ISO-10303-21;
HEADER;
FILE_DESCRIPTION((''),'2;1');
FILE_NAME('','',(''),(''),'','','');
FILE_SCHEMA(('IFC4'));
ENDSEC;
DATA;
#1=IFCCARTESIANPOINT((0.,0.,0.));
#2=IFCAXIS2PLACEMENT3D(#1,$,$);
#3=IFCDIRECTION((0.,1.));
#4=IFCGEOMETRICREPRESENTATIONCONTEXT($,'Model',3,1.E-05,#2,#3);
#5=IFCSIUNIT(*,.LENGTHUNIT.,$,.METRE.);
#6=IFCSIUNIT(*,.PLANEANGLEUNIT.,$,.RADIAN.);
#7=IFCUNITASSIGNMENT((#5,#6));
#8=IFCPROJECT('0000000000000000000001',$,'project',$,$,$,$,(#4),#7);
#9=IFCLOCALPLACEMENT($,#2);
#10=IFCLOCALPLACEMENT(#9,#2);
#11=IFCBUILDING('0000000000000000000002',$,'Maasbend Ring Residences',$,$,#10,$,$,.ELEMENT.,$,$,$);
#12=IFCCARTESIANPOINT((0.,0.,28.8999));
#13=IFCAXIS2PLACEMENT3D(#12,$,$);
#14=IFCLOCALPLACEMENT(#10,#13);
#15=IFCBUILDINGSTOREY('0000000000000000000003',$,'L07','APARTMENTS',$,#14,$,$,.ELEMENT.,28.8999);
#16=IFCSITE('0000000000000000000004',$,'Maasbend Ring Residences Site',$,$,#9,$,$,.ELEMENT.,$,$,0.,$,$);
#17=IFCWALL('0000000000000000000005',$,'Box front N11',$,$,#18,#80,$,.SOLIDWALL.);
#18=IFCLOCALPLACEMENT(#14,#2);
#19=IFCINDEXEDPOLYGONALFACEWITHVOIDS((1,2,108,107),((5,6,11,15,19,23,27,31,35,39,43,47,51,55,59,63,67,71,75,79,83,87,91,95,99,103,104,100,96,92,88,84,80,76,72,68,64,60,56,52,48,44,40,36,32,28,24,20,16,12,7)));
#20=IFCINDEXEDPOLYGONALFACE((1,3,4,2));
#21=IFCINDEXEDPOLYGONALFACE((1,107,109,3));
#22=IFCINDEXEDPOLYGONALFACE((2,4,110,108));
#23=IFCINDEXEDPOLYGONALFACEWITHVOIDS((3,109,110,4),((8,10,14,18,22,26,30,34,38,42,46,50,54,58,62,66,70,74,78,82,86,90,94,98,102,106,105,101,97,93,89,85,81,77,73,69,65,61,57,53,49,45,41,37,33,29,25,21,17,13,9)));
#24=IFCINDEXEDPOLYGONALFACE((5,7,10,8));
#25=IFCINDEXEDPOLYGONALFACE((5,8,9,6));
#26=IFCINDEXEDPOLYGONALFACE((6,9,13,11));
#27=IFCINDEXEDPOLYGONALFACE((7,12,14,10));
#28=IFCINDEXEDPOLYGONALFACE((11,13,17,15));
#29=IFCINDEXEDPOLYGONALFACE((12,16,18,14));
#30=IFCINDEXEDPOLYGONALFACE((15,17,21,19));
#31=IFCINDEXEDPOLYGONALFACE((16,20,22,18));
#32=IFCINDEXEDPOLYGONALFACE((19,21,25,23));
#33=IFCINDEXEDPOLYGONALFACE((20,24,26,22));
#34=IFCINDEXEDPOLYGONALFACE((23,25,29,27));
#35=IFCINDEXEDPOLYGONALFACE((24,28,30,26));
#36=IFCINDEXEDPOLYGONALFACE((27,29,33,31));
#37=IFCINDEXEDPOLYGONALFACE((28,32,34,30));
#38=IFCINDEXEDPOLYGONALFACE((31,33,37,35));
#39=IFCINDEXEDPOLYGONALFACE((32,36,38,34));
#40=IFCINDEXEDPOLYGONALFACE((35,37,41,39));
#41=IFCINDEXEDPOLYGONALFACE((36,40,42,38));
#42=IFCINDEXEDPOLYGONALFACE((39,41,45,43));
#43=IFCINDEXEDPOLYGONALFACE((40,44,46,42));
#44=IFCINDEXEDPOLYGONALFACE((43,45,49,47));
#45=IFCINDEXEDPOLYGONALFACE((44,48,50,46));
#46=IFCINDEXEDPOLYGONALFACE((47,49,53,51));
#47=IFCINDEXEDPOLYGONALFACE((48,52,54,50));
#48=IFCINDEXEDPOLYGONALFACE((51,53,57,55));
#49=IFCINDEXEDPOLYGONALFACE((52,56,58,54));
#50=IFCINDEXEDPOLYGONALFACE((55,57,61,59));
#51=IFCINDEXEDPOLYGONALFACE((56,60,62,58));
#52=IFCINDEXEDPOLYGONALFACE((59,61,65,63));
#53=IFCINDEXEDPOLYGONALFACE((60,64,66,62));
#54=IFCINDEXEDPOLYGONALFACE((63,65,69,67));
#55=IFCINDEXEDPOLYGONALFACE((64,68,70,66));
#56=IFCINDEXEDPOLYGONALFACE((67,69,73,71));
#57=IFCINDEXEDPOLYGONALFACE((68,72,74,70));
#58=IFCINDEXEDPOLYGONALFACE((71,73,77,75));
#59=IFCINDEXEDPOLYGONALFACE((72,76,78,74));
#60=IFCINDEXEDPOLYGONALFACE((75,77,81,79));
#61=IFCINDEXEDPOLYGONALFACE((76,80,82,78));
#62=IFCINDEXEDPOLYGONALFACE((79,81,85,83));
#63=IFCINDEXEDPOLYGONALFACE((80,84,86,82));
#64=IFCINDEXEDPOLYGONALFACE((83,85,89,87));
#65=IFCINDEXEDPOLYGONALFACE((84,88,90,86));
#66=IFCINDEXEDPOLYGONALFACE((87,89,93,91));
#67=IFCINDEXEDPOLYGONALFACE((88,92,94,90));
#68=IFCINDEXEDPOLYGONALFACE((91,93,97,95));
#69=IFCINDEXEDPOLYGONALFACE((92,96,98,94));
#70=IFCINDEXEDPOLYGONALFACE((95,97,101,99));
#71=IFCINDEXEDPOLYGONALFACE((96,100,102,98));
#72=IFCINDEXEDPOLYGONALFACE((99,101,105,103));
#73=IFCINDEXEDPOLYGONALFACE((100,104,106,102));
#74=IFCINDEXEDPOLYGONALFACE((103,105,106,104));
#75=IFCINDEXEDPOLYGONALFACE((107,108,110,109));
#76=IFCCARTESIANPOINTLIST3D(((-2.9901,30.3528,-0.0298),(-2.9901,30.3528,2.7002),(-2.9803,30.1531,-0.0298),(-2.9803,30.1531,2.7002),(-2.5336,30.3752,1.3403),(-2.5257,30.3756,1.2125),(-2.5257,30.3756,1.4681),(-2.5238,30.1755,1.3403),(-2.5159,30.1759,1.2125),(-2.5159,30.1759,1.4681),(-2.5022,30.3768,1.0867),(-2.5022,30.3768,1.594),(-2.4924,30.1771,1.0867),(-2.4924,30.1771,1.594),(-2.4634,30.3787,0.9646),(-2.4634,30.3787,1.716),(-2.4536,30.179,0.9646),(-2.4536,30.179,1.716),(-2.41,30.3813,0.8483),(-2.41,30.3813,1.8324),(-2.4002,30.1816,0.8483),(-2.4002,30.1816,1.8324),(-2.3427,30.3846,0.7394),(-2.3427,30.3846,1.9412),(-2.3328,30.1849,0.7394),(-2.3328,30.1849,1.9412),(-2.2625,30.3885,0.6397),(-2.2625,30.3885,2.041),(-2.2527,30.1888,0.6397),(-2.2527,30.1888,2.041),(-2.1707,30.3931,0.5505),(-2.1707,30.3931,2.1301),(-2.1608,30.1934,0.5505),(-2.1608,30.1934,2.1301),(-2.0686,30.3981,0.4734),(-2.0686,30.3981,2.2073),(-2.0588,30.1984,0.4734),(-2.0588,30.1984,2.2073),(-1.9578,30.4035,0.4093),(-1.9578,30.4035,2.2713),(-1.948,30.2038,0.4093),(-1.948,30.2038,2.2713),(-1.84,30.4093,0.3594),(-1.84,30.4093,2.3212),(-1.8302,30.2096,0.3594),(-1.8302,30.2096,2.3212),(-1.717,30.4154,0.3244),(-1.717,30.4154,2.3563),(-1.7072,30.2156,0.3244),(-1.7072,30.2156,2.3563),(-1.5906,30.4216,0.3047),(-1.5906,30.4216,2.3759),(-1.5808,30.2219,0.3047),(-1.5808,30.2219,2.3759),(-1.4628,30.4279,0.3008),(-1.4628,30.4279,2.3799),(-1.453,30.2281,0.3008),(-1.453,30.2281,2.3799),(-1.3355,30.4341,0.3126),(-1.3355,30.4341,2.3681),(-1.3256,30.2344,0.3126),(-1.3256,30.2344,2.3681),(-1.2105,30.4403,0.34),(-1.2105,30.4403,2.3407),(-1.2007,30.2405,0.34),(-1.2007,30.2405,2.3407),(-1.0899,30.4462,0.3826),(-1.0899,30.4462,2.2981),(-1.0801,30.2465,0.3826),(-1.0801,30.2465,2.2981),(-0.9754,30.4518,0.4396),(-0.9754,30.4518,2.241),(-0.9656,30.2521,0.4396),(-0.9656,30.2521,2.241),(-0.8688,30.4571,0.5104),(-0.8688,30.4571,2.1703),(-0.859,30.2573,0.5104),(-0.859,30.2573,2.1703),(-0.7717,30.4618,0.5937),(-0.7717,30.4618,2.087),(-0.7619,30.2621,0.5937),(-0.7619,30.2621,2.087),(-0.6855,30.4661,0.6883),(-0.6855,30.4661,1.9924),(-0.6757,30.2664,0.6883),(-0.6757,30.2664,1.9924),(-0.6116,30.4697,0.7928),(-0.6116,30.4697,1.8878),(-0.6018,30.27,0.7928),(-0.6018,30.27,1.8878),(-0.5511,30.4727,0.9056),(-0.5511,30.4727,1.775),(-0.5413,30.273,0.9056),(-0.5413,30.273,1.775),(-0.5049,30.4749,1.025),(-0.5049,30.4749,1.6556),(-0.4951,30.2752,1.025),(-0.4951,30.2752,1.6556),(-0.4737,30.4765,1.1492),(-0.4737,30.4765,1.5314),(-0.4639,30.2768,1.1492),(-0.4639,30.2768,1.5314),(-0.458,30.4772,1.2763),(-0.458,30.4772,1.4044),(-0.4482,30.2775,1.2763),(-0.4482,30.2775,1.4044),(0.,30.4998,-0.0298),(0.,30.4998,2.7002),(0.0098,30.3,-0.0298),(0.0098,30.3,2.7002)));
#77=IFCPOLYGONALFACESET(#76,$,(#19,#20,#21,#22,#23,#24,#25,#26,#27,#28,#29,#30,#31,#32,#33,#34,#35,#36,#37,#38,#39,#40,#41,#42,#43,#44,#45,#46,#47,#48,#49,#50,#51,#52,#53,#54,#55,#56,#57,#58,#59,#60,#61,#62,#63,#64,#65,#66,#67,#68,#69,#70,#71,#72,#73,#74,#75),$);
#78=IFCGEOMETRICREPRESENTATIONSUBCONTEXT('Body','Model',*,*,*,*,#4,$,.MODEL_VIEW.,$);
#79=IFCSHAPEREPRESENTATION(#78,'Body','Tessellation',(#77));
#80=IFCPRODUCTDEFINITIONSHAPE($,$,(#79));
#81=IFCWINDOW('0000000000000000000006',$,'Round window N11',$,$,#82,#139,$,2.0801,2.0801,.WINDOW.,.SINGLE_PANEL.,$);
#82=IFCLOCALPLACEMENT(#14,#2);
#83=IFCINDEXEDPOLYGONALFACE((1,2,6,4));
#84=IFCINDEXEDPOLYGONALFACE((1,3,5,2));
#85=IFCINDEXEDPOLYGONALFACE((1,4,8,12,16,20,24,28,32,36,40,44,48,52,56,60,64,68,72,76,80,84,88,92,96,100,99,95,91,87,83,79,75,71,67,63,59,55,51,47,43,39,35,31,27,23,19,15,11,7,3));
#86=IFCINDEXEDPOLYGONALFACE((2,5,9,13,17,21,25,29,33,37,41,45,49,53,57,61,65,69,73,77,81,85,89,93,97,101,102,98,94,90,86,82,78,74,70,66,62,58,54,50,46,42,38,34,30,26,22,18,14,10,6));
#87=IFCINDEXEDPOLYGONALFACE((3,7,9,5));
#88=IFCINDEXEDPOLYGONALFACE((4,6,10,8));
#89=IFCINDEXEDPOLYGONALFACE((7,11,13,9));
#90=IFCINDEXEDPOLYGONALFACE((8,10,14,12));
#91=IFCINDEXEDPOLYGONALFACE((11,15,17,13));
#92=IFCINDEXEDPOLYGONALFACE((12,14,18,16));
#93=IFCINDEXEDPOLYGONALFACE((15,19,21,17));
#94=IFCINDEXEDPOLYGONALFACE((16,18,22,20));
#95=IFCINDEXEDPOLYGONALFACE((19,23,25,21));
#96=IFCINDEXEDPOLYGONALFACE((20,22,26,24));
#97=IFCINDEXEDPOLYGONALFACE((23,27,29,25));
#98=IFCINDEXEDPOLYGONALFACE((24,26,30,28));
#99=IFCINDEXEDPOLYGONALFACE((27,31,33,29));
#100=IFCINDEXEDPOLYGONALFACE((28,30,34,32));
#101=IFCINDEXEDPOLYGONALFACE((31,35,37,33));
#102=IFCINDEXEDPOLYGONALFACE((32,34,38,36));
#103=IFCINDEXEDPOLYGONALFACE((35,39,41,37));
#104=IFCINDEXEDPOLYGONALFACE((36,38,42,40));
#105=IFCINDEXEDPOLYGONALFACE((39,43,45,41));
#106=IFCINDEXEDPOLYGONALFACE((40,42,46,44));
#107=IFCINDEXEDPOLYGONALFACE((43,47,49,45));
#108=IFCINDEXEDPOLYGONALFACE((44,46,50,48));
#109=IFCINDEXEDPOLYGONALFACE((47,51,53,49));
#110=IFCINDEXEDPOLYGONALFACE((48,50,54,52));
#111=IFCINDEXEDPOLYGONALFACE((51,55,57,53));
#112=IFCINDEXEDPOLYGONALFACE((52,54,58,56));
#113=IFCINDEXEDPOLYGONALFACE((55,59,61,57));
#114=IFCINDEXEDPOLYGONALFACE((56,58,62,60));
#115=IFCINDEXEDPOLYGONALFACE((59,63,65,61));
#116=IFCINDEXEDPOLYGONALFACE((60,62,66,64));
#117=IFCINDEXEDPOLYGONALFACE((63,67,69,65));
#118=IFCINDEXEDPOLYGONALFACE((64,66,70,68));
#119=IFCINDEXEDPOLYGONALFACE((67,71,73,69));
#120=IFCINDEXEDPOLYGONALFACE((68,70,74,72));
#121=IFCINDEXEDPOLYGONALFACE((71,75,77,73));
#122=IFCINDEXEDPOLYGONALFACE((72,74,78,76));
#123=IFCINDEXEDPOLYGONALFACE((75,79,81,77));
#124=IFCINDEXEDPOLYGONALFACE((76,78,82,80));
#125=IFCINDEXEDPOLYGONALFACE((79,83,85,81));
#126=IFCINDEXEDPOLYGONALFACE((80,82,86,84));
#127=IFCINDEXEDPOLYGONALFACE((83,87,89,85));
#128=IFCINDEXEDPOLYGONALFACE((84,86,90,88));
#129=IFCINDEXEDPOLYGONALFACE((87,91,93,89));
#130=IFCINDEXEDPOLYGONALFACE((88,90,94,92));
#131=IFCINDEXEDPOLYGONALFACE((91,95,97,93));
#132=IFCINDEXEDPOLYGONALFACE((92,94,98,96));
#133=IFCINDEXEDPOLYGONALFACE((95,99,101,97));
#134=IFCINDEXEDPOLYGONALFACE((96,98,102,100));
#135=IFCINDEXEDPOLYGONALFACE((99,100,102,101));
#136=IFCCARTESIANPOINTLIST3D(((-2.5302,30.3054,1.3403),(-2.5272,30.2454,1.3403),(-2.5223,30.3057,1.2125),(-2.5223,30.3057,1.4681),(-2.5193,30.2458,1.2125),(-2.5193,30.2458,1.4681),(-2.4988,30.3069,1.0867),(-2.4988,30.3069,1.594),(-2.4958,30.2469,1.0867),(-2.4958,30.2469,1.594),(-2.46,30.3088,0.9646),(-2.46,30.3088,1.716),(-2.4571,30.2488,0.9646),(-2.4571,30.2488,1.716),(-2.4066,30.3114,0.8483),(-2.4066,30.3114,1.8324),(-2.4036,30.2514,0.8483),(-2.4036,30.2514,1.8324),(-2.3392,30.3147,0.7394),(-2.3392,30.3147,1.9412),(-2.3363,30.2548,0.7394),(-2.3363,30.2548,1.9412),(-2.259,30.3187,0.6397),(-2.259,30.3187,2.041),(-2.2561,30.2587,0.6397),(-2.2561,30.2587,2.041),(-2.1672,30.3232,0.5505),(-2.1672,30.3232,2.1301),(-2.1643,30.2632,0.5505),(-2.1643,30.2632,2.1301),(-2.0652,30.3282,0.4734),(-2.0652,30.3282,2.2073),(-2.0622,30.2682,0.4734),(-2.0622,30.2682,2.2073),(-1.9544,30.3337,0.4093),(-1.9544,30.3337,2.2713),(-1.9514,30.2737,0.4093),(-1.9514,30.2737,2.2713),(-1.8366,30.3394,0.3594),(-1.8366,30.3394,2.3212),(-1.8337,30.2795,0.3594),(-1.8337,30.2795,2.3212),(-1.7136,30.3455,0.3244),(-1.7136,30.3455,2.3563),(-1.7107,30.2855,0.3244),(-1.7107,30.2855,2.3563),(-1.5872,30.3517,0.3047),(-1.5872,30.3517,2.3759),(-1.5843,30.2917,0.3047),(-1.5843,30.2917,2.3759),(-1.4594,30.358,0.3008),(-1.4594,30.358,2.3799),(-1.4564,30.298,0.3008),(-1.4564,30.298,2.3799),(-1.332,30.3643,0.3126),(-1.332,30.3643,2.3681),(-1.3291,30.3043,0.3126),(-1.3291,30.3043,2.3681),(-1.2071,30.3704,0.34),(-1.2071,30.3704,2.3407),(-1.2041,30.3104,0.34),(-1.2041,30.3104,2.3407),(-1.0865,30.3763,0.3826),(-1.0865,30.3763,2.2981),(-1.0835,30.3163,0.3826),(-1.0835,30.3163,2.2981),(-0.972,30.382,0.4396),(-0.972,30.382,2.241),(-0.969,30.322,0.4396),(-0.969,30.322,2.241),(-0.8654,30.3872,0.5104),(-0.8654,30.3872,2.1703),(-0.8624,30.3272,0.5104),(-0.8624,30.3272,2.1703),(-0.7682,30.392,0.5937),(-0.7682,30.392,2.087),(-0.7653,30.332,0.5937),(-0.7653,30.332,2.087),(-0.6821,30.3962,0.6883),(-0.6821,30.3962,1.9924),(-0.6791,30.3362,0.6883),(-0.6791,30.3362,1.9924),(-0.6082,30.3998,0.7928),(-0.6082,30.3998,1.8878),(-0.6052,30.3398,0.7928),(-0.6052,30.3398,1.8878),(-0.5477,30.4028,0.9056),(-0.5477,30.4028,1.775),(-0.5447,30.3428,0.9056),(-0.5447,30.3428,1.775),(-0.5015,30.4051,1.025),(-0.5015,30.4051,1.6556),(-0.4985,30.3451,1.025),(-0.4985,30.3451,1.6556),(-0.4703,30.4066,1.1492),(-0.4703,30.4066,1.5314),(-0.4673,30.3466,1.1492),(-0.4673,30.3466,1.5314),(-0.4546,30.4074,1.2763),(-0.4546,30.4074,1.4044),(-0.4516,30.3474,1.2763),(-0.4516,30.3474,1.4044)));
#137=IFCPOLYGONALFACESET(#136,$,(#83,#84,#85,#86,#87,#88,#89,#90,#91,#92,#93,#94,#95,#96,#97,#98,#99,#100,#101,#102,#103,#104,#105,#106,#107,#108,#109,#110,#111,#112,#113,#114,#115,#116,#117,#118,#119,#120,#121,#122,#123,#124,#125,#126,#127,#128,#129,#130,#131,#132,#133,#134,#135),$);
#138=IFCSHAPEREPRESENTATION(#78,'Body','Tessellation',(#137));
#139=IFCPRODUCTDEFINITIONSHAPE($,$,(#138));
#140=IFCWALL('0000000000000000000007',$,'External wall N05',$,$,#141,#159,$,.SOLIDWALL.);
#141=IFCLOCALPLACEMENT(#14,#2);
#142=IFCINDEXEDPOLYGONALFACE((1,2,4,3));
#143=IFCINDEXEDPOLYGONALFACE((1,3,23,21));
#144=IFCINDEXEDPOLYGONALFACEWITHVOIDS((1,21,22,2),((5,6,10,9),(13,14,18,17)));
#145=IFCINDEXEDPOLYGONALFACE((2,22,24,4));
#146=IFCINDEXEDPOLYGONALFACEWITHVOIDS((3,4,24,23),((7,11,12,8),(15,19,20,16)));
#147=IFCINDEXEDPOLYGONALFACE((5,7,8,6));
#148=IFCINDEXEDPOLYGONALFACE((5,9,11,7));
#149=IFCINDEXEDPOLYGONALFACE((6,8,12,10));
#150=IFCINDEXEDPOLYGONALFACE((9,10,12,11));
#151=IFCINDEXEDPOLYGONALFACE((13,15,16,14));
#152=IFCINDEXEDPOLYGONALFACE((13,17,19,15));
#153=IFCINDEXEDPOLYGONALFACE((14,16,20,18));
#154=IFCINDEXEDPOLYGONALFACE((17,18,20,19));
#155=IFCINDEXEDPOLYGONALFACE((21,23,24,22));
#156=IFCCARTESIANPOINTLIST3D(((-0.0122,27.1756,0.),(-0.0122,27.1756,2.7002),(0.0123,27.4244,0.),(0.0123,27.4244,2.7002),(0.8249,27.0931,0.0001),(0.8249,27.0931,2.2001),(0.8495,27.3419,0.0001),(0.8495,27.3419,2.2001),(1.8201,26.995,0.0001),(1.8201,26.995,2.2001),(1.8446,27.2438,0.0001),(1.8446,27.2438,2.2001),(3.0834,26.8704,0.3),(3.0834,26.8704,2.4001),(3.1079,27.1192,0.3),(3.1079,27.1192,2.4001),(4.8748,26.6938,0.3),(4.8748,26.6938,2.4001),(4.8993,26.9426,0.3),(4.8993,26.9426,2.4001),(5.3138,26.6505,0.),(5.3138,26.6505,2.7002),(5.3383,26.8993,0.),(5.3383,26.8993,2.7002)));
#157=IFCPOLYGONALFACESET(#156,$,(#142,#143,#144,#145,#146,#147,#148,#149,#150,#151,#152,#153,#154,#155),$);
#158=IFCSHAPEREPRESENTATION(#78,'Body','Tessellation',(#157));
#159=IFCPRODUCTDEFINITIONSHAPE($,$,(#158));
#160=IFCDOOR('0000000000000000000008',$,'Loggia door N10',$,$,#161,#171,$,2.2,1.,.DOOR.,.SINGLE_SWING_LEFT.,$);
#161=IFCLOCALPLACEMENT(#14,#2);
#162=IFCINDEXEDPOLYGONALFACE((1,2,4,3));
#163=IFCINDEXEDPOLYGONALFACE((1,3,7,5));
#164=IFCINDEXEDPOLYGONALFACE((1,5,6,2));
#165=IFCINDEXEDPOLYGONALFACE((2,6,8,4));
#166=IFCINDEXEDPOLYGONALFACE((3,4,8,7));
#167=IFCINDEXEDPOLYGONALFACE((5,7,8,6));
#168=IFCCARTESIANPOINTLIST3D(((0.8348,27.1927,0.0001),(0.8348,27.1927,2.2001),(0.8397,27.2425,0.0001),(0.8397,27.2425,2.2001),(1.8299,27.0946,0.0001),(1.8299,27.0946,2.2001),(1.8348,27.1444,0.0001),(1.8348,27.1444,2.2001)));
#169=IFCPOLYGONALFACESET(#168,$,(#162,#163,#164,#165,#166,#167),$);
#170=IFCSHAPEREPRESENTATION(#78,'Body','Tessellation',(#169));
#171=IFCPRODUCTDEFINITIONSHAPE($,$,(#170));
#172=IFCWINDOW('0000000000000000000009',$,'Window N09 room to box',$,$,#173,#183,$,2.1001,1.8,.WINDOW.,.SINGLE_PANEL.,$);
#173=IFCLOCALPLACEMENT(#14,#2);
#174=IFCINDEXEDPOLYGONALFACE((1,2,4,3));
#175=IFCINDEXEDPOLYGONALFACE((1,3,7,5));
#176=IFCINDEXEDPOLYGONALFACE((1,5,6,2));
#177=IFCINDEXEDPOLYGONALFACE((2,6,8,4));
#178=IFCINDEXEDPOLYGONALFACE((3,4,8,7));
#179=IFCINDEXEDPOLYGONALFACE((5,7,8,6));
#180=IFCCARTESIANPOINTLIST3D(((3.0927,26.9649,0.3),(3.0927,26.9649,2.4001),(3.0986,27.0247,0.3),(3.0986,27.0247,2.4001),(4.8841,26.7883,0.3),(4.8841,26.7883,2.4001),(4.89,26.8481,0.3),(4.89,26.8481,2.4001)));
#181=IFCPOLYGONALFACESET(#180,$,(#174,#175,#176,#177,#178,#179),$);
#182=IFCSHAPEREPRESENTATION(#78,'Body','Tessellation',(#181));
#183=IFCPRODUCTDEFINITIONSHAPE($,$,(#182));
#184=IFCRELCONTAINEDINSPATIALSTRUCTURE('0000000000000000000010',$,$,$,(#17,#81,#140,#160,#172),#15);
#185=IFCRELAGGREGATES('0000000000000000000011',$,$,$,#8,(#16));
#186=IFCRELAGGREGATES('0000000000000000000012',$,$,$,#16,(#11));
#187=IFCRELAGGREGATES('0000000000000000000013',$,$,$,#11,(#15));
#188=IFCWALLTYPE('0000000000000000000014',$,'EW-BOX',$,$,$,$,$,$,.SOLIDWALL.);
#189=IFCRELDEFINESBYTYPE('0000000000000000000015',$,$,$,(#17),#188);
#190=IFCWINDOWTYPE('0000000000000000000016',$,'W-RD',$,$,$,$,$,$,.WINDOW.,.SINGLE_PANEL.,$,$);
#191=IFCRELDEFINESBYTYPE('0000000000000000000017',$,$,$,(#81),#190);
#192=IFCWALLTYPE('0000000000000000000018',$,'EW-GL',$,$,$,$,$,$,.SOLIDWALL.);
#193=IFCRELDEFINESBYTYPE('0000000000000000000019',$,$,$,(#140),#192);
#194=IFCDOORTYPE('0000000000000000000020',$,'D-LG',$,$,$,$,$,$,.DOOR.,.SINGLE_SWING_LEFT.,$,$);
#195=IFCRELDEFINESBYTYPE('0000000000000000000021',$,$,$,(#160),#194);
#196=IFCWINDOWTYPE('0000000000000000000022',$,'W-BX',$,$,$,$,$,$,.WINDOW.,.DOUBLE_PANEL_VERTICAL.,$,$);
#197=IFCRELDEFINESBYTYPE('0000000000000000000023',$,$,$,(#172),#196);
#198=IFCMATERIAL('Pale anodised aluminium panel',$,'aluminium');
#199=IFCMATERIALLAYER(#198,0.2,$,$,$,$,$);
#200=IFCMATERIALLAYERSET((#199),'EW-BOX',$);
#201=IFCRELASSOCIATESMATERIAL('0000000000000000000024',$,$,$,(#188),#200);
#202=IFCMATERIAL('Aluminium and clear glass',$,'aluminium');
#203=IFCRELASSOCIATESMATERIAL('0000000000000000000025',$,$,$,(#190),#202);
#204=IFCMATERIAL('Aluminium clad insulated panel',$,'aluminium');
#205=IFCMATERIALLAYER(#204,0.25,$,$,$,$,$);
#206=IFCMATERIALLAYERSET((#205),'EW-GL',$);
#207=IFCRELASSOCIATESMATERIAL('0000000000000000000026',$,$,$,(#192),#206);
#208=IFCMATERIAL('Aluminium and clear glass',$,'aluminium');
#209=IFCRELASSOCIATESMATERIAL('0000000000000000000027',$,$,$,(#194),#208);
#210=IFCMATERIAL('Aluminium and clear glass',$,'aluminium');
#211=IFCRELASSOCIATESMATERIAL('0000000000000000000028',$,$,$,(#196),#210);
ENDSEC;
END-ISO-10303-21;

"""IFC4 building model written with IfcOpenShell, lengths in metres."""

from ifc_helpers import new_model, si_unit, direction, frame, frame_2d, origin, place, context, subcontext, project, spatial, rectangle, circle, extrude, material, layer, layer_set, type_object, element, fill, save


model = new_model("IFC4")

# Units and contexts
model_context = context("Model", 3, precision=1e-05, world=origin(), true_north=direction((0.0, 1.0)))
body_context = subcontext(model_context, "Body", "Model", "MODEL_VIEW")
ifc_project = project(units=[si_unit("LENGTHUNIT", "METRE"), si_unit("PLANEANGLEUNIT", "RADIAN")], contexts=[model_context])

# Site, building, storey
site_placement = place(None, origin())
site = spatial("IfcSite", under=ifc_project, at=site_placement, Name="Maasbend Ring Residences Site", CompositionType="ELEMENT", RefElevation=0.0)
building_placement = place(site_placement, origin())
building = spatial("IfcBuilding", under=site, at=building_placement, Name="Maasbend Ring Residences", CompositionType="ELEMENT")
storey_placement = place(building_placement, frame((0.0, 0.0, 28.8999)))
storey = spatial("IfcBuildingStorey", under=building, at=storey_placement, Name="L07", Description="APARTMENTS", CompositionType="ELEMENT", Elevation=28.8999)

# Shared definitions
ifc_material_1 = material(Name="Pale anodised aluminium panel", Category="aluminium")
ifc_layer_1 = layer(ifc_material_1, 0.2)
ifc_layer_set_1 = layer_set([ifc_layer_1], Name="EW-BOX")
wall_type_1 = type_object("IfcWallType", Name="EW-BOX", PredefinedType="SOLIDWALL", material=ifc_layer_set_1)

# Shared definitions
ifc_material_2 = material(Name="Aluminium and clear glass", Category="aluminium")
window_type_1 = type_object("IfcWindowType", Name="W-RD", PartitioningType="SINGLE_PANEL", PredefinedType="WINDOW", material=ifc_material_2)

# Wall, opening, window
wall_1_placement = place(storey_placement, frame((0.0049, 30.3999, -0.0298), z_axis=(0.0, 0.0, 1.0), x_axis=(-0.998794, -0.049096, 0.0)))
wall_1 = element("IfcWall", 1, at=wall_1_placement, inside=storey, type_object=wall_type_1, Name="Box front N11", PredefinedType="SOLIDWALL", context=body_context, shape_type="SweptSolid", body=[
    extrude(rectangle(XDim=2.9937, YDim=0.2, at=frame_2d((1.4968, 0.0))), origin(), (0.0, 0.0, 1.0), 2.73),
])
opening_1_placement = place(wall_1_placement, frame((0.4565, 0.0, 0.3301)))
opening_1 = element("IfcOpeningElement", 2, at=opening_1_placement, cuts=wall_1, PredefinedType="OPENING", context=body_context, shape_type="SweptSolid", body=[
    extrude(circle(Radius=1.04, at=frame_2d((1.04, 1.04))), frame((0.0, 0.1099, 0.0), z_axis=(0.0, -1.0, 0.0), x_axis=(1.0, 0.0, 0.0)), (0.0, 0.0, 1.0), 0.22),
])
window_1_placement = place(opening_1_placement, origin())
window_1 = element("IfcWindow", 3, at=window_1_placement, inside=storey, type_object=window_type_1, Name="Round window N11", OverallHeight=2.0801, OverallWidth=2.0801, PartitioningType="SINGLE_PANEL", PredefinedType="WINDOW", context=body_context, shape_type="SweptSolid", body=[
    extrude(circle(Radius=1.04, at=frame_2d((1.04, 1.04))), frame((0.0, 0.03, 0.0), z_axis=(0.0, -1.0, 0.0), x_axis=(1.0, 0.0, 0.0)), (0.0, 0.0, 1.0), 0.0601),
])
fill(opening_1, window_1)

# Wall, openings, door, window
ifc_material_3 = material(Name="Aluminium clad insulated panel", Category="aluminium")
ifc_layer_2 = layer(ifc_material_3, 0.25)
ifc_layer_set_2 = layer_set([ifc_layer_2], Name="EW-GL")
wall_type_2 = type_object("IfcWallType", Name="EW-GL", PredefinedType="SOLIDWALL", material=ifc_layer_set_2)
wall_2_placement = place(storey_placement, frame((5.3259, 26.7749, 0.0), z_axis=(0.0, 0.0, 1.0), x_axis=(-0.995174, 0.098126, 0.0)))
wall_2 = element("IfcWall", 4, at=wall_2_placement, inside=storey, type_object=wall_type_2, Name="External wall N05", PredefinedType="SOLIDWALL", context=body_context, shape_type="SweptSolid", body=[
    extrude(rectangle(XDim=5.3518, YDim=0.25, at=frame_2d((2.6758, 0.0))), origin(), (0.0, 0.0, 1.0), 2.7002),
])
opening_2_placement = place(wall_2_placement, frame((0.4412, 0.0, 0.3)))
opening_2 = element("IfcOpeningElement", 5, at=opening_2_placement, cuts=wall_2, PredefinedType="OPENING", context=body_context, shape_type="SweptSolid", body=[
    extrude(rectangle(XDim=1.8, YDim=2.1001, at=frame_2d((0.8999, 1.05))), frame((0.0, 0.135, 0.0), z_axis=(0.0, -1.0, 0.0), x_axis=(1.0, 0.0, 0.0)), (0.0, 0.0, 1.0), 0.27),
])
opening_3_placement = place(wall_2_placement, frame((3.5105, 0.0, 0.0)))
opening_3 = element("IfcOpeningElement", 6, at=opening_3_placement, cuts=wall_2, PredefinedType="OPENING", context=body_context, shape_type="SweptSolid", body=[
    extrude(rectangle(XDim=1.0, YDim=2.2, at=frame_2d((0.5, 1.1001))), frame((0.0, 0.135, 0.0), z_axis=(0.0, -1.0, 0.0), x_axis=(1.0, 0.0, 0.0)), (0.0, 0.0, 1.0), 0.27),
])
ifc_material_4 = material(Name="Aluminium and clear glass", Category="aluminium")
door_type_1 = type_object("IfcDoorType", Name="D-LG", OperationType="SINGLE_SWING_LEFT", PredefinedType="DOOR", material=ifc_material_4)
door_1_placement = place(opening_3_placement, origin())
door_1 = element("IfcDoor", 7, at=door_1_placement, inside=storey, type_object=door_type_1, Name="Loggia door N10", OperationType="SINGLE_SWING_LEFT", OverallHeight=2.2, OverallWidth=1.0, PredefinedType="DOOR", context=body_context, shape_type="SweptSolid", body=[
    extrude(rectangle(XDim=1.0, YDim=2.2, at=frame_2d((0.5, 1.1001))), frame((0.0, 0.0249, 0.0), z_axis=(0.0, -1.0, 0.0), x_axis=(1.0, 0.0, 0.0)), (0.0, 0.0, 1.0), 0.05),
])
fill(opening_3, door_1)
ifc_material_5 = material(Name="Aluminium and clear glass", Category="aluminium")
window_type_2 = type_object("IfcWindowType", Name="W-BX", PartitioningType="DOUBLE_PANEL_VERTICAL", PredefinedType="WINDOW", material=ifc_material_5)
window_2_placement = place(opening_2_placement, origin())
window_2 = element("IfcWindow", 8, at=window_2_placement, inside=storey, type_object=window_type_2, Name="Window N09 room to box", OverallHeight=2.1001, OverallWidth=1.8, PartitioningType="SINGLE_PANEL", PredefinedType="WINDOW", context=body_context, shape_type="SweptSolid", body=[
    extrude(rectangle(XDim=1.8, YDim=2.1001, at=frame_2d((0.8999, 1.05))), frame((0.0, 0.03, 0.0), z_axis=(0.0, -1.0, 0.0), x_axis=(1.0, 0.0, 0.0)), (0.0, 0.0, 1.0), 0.0601),
])
fill(opening_2, window_2)

save(model, "model.ifc")
